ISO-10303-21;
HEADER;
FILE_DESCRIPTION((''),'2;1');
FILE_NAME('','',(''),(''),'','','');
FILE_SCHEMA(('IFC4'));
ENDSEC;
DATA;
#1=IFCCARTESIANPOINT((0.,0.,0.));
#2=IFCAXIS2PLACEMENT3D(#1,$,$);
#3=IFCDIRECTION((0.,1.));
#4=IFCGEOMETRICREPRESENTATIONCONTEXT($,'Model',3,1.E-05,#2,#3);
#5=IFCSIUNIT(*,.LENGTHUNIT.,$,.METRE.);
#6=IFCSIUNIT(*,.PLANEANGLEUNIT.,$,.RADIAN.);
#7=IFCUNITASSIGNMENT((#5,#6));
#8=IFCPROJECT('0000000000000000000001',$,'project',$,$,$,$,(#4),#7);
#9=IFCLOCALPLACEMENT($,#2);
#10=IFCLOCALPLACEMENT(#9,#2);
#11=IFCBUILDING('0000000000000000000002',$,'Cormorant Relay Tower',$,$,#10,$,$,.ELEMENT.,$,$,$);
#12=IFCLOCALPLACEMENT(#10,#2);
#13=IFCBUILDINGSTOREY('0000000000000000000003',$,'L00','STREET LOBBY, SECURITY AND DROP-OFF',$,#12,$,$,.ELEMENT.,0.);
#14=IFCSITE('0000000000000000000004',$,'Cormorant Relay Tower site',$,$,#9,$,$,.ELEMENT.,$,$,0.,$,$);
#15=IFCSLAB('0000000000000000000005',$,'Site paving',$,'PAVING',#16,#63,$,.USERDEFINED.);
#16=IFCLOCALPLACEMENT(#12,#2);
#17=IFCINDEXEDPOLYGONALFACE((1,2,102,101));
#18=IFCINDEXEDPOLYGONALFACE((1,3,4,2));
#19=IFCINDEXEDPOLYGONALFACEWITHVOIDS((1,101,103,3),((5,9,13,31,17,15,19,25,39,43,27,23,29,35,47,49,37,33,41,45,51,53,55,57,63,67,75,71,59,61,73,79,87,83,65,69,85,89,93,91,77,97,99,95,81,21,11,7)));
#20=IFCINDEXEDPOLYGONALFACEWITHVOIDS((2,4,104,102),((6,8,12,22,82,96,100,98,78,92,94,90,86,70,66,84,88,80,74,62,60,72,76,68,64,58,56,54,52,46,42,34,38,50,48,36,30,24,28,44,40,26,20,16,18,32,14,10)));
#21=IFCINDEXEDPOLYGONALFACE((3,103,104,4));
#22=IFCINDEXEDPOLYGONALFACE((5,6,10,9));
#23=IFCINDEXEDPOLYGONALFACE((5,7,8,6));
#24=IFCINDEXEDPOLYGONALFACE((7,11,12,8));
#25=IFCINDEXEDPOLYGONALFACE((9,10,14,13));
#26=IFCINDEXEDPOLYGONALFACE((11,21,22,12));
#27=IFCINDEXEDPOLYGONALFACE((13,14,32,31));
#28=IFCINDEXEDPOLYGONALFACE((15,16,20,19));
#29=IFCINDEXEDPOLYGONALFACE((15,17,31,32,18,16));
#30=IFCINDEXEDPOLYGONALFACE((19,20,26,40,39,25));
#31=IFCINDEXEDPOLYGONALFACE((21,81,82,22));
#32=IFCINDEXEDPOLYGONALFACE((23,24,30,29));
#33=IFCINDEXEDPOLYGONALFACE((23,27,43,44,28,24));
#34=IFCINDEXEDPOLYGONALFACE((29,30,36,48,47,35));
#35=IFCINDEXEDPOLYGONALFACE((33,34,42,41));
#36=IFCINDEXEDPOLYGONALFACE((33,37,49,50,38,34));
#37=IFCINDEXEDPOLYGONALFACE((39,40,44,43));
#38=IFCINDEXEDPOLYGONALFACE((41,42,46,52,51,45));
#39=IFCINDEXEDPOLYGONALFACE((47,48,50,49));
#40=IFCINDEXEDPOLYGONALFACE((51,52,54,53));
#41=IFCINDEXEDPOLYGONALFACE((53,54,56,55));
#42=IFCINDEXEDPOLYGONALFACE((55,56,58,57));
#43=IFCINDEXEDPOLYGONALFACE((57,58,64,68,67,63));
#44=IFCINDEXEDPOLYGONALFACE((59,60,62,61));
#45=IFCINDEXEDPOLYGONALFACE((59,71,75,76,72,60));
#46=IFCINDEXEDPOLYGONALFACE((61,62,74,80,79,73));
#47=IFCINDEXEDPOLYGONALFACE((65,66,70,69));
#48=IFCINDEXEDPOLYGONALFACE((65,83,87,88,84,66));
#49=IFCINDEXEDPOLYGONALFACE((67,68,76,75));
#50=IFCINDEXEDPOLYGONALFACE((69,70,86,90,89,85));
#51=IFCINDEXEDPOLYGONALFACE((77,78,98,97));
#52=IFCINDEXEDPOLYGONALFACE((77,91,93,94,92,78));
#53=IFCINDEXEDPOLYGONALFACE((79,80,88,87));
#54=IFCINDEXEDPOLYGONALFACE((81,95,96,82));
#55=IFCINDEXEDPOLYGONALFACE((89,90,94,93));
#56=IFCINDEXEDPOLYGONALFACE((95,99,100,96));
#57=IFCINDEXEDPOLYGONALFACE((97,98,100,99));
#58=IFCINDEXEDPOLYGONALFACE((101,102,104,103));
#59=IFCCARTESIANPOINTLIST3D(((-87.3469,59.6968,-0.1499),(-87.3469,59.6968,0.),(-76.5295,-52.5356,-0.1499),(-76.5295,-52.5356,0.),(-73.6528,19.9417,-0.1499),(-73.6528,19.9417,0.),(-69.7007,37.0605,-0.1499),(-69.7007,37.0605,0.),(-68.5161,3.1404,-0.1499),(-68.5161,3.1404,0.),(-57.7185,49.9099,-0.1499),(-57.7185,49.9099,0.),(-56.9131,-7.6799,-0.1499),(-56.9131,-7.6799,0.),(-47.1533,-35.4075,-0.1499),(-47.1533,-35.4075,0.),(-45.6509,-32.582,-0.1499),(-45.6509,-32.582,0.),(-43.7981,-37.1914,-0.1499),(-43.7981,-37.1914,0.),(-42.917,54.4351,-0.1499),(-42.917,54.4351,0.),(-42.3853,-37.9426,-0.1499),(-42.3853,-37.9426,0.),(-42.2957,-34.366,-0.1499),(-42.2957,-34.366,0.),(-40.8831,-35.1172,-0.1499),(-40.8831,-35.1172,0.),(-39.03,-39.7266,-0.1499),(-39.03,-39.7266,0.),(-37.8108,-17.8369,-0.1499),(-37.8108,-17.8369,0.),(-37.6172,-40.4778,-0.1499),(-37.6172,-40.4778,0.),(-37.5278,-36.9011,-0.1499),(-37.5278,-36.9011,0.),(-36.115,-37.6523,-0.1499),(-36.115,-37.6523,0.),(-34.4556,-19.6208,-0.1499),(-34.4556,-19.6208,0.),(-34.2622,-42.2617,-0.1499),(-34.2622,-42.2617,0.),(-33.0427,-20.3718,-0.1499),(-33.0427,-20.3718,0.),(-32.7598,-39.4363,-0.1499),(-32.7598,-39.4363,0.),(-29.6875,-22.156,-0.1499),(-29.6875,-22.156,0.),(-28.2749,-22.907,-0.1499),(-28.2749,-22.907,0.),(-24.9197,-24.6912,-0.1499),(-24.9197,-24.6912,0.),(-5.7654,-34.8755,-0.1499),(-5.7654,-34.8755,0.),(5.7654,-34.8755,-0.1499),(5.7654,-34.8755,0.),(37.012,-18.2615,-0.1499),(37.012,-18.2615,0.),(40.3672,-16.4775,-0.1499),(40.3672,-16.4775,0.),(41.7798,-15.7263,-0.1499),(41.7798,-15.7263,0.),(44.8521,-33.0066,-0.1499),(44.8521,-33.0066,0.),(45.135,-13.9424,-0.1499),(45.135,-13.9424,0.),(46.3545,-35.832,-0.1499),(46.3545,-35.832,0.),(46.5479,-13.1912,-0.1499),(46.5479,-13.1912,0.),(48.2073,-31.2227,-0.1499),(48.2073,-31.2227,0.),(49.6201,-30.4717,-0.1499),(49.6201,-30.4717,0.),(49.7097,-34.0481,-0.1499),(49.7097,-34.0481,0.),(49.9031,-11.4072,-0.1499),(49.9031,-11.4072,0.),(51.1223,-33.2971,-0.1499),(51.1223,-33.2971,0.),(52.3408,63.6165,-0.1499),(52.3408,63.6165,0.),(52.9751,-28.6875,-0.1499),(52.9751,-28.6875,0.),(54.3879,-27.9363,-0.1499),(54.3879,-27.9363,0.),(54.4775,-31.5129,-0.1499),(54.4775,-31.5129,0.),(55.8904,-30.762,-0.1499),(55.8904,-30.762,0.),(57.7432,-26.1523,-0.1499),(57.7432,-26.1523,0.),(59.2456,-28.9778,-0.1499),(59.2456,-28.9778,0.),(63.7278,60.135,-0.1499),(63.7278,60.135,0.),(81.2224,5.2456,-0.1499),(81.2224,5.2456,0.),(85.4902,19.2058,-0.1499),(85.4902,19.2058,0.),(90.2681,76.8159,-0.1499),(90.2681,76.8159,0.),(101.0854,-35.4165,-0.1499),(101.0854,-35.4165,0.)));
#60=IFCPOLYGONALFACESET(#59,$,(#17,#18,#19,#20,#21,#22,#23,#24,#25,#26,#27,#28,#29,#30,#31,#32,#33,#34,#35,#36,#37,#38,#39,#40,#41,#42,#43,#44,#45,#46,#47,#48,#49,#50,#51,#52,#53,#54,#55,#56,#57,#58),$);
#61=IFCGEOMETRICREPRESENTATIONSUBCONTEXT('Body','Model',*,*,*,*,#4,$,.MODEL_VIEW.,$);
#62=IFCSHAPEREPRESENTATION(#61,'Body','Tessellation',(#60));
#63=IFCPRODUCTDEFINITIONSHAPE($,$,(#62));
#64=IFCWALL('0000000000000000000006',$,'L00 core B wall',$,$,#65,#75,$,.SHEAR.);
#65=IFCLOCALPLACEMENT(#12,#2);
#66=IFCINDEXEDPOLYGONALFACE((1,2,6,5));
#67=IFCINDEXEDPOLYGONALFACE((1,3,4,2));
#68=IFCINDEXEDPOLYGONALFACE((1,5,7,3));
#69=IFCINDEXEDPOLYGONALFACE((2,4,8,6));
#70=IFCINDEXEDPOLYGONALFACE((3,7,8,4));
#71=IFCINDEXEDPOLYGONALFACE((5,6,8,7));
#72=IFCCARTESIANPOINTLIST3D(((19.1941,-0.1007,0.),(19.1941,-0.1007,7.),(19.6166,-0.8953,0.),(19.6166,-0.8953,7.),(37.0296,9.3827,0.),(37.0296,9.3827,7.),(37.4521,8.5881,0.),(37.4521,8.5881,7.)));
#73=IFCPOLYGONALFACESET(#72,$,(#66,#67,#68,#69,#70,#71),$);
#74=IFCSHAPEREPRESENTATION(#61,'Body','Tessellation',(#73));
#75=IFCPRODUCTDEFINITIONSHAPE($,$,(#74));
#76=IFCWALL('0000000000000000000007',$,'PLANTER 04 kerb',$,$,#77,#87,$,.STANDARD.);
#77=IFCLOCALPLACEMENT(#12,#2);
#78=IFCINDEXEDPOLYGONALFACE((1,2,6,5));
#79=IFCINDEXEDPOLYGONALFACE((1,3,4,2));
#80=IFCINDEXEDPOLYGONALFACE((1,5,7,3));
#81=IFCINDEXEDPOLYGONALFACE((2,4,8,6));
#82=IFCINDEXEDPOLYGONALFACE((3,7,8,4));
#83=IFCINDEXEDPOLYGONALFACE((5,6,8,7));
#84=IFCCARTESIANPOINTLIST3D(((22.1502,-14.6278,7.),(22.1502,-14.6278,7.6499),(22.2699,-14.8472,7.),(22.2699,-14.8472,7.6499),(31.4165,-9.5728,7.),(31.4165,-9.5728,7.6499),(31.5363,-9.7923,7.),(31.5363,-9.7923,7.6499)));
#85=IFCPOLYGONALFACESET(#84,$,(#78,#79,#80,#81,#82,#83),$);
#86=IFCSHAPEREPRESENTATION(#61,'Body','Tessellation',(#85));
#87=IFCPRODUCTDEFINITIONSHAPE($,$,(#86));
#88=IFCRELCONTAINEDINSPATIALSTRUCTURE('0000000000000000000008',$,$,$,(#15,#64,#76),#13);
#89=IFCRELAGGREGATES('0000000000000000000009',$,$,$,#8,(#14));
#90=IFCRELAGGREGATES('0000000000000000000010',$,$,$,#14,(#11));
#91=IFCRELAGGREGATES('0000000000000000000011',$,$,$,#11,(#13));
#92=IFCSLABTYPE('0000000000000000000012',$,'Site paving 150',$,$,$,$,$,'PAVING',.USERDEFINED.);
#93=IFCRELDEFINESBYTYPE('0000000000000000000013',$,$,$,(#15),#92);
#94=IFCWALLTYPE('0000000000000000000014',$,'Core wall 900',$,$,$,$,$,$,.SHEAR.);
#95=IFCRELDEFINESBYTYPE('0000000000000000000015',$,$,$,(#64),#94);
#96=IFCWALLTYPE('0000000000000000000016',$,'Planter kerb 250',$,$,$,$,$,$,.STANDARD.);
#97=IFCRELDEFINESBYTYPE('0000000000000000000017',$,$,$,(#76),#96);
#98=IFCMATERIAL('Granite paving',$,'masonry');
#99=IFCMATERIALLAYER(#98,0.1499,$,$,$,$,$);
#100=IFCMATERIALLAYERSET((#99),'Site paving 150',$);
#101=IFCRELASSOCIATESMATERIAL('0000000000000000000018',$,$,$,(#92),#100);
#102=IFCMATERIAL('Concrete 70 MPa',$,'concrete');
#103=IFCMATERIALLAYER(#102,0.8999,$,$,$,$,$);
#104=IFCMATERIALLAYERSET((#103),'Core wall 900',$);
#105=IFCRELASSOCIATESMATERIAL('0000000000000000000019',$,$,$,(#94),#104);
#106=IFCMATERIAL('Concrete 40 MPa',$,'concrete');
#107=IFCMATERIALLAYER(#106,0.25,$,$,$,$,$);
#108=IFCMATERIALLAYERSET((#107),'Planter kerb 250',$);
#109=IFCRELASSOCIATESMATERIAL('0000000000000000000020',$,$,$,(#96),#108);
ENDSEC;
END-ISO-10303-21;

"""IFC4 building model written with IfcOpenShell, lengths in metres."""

from ifc_helpers import new_model, si_unit, direction, frame, frame_2d, origin, place, context, subcontext, project, spatial, polyline, rectangle, outline, extrude, material, layer, layer_set, type_object, element, save


model = new_model("IFC4")

# Units and contexts
model_context = context("Model", 3, precision=1e-05, world=origin(), true_north=direction((0.0, 1.0)))
body_context = subcontext(model_context, "Body", "Model", "MODEL_VIEW")
ifc_project = project(units=[si_unit("LENGTHUNIT", "METRE"), si_unit("PLANEANGLEUNIT", "RADIAN")], contexts=[model_context])

# Site, building, storey
site_placement = place(None, origin())
site = spatial("IfcSite", under=ifc_project, at=site_placement, Name="Cormorant Relay Tower site", CompositionType="ELEMENT", RefElevation=0.0)
building_placement = place(site_placement, origin())
building = spatial("IfcBuilding", under=site, at=building_placement, Name="Cormorant Relay Tower", CompositionType="ELEMENT")
storey_placement = place(building_placement, origin())
storey = spatial("IfcBuildingStorey", under=building, at=storey_placement, Name="L00", Description="STREET LOBBY, SECURITY AND DROP-OFF", CompositionType="ELEMENT", Elevation=0.0)

# Slab
ifc_material_1 = material(Name="Granite paving", Category="masonry")
ifc_layer_1 = layer(ifc_material_1, 0.1499)
ifc_layer_set_1 = layer_set([ifc_layer_1], Name="Site paving 150")
slab_type_1 = type_object("IfcSlabType", Name="Site paving 150", ElementType="PAVING", PredefinedType="USERDEFINED", material=ifc_layer_set_1)
slab_1_placement = place(storey_placement, frame((0.0, 0.0, -0.1499)))
element("IfcSlab", 1, at=slab_1_placement, inside=storey, type_object=slab_type_1, Name="Site paving", ObjectType="PAVING", PredefinedType="USERDEFINED", context=body_context, shape_type="SweptSolid", body=[
    extrude(outline(polyline([(-76.5295, -52.5356), (101.0854, -35.4165), (90.2681, 76.8159), (-87.3469, 59.6968), (-76.5295, -52.5356)]), holes=[polyline([(-34.2622, -42.2617), (-32.7598, -39.4363), (-24.9197, -24.6912), (-5.7654, -34.8755), (5.7654, -34.8755), (37.012, -18.2615), (44.8521, -33.0066), (46.3545, -35.832), (49.7097, -34.0481), (48.2073, -31.2227), (40.3672, -16.4775), (41.7798, -15.7263), (49.6201, -30.4717), (51.1223, -33.2971), (54.4775, -31.5129), (52.9751, -28.6875), (45.135, -13.9424), (46.5479, -13.1912), (54.3879, -27.9363), (55.8904, -30.762), (59.2456, -28.9778), (57.7432, -26.1523), (49.9031, -11.4072), (81.2224, 5.2456), (85.4902, 19.2058), (63.7278, 60.135), (52.3408, 63.6165), (-42.917, 54.4351), (-57.7185, 49.9099), (-69.7007, 37.0605), (-73.6528, 19.9417), (-68.5161, 3.1404), (-56.9131, -7.6799), (-37.8108, -17.8369), (-45.6509, -32.582), (-47.1533, -35.4075), (-43.7981, -37.1914), (-42.2957, -34.366), (-34.4556, -19.6208), (-33.0427, -20.3718), (-40.8831, -35.1172), (-42.3853, -37.9426), (-39.03, -39.7266), (-37.5278, -36.9011), (-29.6875, -22.156), (-28.2749, -22.907), (-36.115, -37.6523), (-37.6172, -40.4778), (-34.2622, -42.2617)])]), origin(), (0.0, 0.0, 1.0), 0.1499),
])

# Shared definitions
ifc_material_2 = material(Name="Concrete 70 MPa", Category="concrete")
ifc_layer_2 = layer(ifc_material_2, 0.8999)
ifc_layer_set_2 = layer_set([ifc_layer_2], Name="Core wall 900")
wall_type_1 = type_object("IfcWallType", Name="Core wall 900", PredefinedType="SHEAR", material=ifc_layer_set_2)

# Walls
wall_1_placement = place(storey_placement, frame((19.4053, -0.498, 0.0), z_axis=(0.0, 0.0, 1.0), x_axis=(0.882945, 0.469476, 0.0)))
element("IfcWall", 2, at=wall_1_placement, inside=storey, type_object=wall_type_1, Name="L00 core B wall", PredefinedType="SHEAR", context=body_context, shape_type="SweptSolid", body=[
    extrude(rectangle(XDim=20.2, YDim=0.8999, at=frame_2d((10.1001, 0.0))), origin(), (0.0, 0.0, 1.0), 7.0),
])
ifc_material_3 = material(Name="Concrete 40 MPa", Category="concrete")
ifc_layer_3 = layer(ifc_material_3, 0.25)
ifc_layer_set_3 = layer_set([ifc_layer_3], Name="Planter kerb 250")
wall_type_2 = type_object("IfcWallType", Name="Planter kerb 250", PredefinedType="STANDARD", material=ifc_layer_set_3)
wall_2_placement = place(storey_placement, frame((22.21, -14.7375, 7.0), z_axis=(0.0, 0.0, 1.0), x_axis=(0.877873, 0.478893, 0.0)))
element("IfcWall", 3, at=wall_2_placement, inside=storey, type_object=wall_type_2, Name="PLANTER 04 kerb", PredefinedType="STANDARD", context=body_context, shape_type="SweptSolid", body=[
    extrude(rectangle(XDim=10.5554, YDim=0.25, at=frame_2d((5.2778, 0.0))), origin(), (0.0, 0.0, 1.0), 0.6499),
])

save(model, "model.ifc")
